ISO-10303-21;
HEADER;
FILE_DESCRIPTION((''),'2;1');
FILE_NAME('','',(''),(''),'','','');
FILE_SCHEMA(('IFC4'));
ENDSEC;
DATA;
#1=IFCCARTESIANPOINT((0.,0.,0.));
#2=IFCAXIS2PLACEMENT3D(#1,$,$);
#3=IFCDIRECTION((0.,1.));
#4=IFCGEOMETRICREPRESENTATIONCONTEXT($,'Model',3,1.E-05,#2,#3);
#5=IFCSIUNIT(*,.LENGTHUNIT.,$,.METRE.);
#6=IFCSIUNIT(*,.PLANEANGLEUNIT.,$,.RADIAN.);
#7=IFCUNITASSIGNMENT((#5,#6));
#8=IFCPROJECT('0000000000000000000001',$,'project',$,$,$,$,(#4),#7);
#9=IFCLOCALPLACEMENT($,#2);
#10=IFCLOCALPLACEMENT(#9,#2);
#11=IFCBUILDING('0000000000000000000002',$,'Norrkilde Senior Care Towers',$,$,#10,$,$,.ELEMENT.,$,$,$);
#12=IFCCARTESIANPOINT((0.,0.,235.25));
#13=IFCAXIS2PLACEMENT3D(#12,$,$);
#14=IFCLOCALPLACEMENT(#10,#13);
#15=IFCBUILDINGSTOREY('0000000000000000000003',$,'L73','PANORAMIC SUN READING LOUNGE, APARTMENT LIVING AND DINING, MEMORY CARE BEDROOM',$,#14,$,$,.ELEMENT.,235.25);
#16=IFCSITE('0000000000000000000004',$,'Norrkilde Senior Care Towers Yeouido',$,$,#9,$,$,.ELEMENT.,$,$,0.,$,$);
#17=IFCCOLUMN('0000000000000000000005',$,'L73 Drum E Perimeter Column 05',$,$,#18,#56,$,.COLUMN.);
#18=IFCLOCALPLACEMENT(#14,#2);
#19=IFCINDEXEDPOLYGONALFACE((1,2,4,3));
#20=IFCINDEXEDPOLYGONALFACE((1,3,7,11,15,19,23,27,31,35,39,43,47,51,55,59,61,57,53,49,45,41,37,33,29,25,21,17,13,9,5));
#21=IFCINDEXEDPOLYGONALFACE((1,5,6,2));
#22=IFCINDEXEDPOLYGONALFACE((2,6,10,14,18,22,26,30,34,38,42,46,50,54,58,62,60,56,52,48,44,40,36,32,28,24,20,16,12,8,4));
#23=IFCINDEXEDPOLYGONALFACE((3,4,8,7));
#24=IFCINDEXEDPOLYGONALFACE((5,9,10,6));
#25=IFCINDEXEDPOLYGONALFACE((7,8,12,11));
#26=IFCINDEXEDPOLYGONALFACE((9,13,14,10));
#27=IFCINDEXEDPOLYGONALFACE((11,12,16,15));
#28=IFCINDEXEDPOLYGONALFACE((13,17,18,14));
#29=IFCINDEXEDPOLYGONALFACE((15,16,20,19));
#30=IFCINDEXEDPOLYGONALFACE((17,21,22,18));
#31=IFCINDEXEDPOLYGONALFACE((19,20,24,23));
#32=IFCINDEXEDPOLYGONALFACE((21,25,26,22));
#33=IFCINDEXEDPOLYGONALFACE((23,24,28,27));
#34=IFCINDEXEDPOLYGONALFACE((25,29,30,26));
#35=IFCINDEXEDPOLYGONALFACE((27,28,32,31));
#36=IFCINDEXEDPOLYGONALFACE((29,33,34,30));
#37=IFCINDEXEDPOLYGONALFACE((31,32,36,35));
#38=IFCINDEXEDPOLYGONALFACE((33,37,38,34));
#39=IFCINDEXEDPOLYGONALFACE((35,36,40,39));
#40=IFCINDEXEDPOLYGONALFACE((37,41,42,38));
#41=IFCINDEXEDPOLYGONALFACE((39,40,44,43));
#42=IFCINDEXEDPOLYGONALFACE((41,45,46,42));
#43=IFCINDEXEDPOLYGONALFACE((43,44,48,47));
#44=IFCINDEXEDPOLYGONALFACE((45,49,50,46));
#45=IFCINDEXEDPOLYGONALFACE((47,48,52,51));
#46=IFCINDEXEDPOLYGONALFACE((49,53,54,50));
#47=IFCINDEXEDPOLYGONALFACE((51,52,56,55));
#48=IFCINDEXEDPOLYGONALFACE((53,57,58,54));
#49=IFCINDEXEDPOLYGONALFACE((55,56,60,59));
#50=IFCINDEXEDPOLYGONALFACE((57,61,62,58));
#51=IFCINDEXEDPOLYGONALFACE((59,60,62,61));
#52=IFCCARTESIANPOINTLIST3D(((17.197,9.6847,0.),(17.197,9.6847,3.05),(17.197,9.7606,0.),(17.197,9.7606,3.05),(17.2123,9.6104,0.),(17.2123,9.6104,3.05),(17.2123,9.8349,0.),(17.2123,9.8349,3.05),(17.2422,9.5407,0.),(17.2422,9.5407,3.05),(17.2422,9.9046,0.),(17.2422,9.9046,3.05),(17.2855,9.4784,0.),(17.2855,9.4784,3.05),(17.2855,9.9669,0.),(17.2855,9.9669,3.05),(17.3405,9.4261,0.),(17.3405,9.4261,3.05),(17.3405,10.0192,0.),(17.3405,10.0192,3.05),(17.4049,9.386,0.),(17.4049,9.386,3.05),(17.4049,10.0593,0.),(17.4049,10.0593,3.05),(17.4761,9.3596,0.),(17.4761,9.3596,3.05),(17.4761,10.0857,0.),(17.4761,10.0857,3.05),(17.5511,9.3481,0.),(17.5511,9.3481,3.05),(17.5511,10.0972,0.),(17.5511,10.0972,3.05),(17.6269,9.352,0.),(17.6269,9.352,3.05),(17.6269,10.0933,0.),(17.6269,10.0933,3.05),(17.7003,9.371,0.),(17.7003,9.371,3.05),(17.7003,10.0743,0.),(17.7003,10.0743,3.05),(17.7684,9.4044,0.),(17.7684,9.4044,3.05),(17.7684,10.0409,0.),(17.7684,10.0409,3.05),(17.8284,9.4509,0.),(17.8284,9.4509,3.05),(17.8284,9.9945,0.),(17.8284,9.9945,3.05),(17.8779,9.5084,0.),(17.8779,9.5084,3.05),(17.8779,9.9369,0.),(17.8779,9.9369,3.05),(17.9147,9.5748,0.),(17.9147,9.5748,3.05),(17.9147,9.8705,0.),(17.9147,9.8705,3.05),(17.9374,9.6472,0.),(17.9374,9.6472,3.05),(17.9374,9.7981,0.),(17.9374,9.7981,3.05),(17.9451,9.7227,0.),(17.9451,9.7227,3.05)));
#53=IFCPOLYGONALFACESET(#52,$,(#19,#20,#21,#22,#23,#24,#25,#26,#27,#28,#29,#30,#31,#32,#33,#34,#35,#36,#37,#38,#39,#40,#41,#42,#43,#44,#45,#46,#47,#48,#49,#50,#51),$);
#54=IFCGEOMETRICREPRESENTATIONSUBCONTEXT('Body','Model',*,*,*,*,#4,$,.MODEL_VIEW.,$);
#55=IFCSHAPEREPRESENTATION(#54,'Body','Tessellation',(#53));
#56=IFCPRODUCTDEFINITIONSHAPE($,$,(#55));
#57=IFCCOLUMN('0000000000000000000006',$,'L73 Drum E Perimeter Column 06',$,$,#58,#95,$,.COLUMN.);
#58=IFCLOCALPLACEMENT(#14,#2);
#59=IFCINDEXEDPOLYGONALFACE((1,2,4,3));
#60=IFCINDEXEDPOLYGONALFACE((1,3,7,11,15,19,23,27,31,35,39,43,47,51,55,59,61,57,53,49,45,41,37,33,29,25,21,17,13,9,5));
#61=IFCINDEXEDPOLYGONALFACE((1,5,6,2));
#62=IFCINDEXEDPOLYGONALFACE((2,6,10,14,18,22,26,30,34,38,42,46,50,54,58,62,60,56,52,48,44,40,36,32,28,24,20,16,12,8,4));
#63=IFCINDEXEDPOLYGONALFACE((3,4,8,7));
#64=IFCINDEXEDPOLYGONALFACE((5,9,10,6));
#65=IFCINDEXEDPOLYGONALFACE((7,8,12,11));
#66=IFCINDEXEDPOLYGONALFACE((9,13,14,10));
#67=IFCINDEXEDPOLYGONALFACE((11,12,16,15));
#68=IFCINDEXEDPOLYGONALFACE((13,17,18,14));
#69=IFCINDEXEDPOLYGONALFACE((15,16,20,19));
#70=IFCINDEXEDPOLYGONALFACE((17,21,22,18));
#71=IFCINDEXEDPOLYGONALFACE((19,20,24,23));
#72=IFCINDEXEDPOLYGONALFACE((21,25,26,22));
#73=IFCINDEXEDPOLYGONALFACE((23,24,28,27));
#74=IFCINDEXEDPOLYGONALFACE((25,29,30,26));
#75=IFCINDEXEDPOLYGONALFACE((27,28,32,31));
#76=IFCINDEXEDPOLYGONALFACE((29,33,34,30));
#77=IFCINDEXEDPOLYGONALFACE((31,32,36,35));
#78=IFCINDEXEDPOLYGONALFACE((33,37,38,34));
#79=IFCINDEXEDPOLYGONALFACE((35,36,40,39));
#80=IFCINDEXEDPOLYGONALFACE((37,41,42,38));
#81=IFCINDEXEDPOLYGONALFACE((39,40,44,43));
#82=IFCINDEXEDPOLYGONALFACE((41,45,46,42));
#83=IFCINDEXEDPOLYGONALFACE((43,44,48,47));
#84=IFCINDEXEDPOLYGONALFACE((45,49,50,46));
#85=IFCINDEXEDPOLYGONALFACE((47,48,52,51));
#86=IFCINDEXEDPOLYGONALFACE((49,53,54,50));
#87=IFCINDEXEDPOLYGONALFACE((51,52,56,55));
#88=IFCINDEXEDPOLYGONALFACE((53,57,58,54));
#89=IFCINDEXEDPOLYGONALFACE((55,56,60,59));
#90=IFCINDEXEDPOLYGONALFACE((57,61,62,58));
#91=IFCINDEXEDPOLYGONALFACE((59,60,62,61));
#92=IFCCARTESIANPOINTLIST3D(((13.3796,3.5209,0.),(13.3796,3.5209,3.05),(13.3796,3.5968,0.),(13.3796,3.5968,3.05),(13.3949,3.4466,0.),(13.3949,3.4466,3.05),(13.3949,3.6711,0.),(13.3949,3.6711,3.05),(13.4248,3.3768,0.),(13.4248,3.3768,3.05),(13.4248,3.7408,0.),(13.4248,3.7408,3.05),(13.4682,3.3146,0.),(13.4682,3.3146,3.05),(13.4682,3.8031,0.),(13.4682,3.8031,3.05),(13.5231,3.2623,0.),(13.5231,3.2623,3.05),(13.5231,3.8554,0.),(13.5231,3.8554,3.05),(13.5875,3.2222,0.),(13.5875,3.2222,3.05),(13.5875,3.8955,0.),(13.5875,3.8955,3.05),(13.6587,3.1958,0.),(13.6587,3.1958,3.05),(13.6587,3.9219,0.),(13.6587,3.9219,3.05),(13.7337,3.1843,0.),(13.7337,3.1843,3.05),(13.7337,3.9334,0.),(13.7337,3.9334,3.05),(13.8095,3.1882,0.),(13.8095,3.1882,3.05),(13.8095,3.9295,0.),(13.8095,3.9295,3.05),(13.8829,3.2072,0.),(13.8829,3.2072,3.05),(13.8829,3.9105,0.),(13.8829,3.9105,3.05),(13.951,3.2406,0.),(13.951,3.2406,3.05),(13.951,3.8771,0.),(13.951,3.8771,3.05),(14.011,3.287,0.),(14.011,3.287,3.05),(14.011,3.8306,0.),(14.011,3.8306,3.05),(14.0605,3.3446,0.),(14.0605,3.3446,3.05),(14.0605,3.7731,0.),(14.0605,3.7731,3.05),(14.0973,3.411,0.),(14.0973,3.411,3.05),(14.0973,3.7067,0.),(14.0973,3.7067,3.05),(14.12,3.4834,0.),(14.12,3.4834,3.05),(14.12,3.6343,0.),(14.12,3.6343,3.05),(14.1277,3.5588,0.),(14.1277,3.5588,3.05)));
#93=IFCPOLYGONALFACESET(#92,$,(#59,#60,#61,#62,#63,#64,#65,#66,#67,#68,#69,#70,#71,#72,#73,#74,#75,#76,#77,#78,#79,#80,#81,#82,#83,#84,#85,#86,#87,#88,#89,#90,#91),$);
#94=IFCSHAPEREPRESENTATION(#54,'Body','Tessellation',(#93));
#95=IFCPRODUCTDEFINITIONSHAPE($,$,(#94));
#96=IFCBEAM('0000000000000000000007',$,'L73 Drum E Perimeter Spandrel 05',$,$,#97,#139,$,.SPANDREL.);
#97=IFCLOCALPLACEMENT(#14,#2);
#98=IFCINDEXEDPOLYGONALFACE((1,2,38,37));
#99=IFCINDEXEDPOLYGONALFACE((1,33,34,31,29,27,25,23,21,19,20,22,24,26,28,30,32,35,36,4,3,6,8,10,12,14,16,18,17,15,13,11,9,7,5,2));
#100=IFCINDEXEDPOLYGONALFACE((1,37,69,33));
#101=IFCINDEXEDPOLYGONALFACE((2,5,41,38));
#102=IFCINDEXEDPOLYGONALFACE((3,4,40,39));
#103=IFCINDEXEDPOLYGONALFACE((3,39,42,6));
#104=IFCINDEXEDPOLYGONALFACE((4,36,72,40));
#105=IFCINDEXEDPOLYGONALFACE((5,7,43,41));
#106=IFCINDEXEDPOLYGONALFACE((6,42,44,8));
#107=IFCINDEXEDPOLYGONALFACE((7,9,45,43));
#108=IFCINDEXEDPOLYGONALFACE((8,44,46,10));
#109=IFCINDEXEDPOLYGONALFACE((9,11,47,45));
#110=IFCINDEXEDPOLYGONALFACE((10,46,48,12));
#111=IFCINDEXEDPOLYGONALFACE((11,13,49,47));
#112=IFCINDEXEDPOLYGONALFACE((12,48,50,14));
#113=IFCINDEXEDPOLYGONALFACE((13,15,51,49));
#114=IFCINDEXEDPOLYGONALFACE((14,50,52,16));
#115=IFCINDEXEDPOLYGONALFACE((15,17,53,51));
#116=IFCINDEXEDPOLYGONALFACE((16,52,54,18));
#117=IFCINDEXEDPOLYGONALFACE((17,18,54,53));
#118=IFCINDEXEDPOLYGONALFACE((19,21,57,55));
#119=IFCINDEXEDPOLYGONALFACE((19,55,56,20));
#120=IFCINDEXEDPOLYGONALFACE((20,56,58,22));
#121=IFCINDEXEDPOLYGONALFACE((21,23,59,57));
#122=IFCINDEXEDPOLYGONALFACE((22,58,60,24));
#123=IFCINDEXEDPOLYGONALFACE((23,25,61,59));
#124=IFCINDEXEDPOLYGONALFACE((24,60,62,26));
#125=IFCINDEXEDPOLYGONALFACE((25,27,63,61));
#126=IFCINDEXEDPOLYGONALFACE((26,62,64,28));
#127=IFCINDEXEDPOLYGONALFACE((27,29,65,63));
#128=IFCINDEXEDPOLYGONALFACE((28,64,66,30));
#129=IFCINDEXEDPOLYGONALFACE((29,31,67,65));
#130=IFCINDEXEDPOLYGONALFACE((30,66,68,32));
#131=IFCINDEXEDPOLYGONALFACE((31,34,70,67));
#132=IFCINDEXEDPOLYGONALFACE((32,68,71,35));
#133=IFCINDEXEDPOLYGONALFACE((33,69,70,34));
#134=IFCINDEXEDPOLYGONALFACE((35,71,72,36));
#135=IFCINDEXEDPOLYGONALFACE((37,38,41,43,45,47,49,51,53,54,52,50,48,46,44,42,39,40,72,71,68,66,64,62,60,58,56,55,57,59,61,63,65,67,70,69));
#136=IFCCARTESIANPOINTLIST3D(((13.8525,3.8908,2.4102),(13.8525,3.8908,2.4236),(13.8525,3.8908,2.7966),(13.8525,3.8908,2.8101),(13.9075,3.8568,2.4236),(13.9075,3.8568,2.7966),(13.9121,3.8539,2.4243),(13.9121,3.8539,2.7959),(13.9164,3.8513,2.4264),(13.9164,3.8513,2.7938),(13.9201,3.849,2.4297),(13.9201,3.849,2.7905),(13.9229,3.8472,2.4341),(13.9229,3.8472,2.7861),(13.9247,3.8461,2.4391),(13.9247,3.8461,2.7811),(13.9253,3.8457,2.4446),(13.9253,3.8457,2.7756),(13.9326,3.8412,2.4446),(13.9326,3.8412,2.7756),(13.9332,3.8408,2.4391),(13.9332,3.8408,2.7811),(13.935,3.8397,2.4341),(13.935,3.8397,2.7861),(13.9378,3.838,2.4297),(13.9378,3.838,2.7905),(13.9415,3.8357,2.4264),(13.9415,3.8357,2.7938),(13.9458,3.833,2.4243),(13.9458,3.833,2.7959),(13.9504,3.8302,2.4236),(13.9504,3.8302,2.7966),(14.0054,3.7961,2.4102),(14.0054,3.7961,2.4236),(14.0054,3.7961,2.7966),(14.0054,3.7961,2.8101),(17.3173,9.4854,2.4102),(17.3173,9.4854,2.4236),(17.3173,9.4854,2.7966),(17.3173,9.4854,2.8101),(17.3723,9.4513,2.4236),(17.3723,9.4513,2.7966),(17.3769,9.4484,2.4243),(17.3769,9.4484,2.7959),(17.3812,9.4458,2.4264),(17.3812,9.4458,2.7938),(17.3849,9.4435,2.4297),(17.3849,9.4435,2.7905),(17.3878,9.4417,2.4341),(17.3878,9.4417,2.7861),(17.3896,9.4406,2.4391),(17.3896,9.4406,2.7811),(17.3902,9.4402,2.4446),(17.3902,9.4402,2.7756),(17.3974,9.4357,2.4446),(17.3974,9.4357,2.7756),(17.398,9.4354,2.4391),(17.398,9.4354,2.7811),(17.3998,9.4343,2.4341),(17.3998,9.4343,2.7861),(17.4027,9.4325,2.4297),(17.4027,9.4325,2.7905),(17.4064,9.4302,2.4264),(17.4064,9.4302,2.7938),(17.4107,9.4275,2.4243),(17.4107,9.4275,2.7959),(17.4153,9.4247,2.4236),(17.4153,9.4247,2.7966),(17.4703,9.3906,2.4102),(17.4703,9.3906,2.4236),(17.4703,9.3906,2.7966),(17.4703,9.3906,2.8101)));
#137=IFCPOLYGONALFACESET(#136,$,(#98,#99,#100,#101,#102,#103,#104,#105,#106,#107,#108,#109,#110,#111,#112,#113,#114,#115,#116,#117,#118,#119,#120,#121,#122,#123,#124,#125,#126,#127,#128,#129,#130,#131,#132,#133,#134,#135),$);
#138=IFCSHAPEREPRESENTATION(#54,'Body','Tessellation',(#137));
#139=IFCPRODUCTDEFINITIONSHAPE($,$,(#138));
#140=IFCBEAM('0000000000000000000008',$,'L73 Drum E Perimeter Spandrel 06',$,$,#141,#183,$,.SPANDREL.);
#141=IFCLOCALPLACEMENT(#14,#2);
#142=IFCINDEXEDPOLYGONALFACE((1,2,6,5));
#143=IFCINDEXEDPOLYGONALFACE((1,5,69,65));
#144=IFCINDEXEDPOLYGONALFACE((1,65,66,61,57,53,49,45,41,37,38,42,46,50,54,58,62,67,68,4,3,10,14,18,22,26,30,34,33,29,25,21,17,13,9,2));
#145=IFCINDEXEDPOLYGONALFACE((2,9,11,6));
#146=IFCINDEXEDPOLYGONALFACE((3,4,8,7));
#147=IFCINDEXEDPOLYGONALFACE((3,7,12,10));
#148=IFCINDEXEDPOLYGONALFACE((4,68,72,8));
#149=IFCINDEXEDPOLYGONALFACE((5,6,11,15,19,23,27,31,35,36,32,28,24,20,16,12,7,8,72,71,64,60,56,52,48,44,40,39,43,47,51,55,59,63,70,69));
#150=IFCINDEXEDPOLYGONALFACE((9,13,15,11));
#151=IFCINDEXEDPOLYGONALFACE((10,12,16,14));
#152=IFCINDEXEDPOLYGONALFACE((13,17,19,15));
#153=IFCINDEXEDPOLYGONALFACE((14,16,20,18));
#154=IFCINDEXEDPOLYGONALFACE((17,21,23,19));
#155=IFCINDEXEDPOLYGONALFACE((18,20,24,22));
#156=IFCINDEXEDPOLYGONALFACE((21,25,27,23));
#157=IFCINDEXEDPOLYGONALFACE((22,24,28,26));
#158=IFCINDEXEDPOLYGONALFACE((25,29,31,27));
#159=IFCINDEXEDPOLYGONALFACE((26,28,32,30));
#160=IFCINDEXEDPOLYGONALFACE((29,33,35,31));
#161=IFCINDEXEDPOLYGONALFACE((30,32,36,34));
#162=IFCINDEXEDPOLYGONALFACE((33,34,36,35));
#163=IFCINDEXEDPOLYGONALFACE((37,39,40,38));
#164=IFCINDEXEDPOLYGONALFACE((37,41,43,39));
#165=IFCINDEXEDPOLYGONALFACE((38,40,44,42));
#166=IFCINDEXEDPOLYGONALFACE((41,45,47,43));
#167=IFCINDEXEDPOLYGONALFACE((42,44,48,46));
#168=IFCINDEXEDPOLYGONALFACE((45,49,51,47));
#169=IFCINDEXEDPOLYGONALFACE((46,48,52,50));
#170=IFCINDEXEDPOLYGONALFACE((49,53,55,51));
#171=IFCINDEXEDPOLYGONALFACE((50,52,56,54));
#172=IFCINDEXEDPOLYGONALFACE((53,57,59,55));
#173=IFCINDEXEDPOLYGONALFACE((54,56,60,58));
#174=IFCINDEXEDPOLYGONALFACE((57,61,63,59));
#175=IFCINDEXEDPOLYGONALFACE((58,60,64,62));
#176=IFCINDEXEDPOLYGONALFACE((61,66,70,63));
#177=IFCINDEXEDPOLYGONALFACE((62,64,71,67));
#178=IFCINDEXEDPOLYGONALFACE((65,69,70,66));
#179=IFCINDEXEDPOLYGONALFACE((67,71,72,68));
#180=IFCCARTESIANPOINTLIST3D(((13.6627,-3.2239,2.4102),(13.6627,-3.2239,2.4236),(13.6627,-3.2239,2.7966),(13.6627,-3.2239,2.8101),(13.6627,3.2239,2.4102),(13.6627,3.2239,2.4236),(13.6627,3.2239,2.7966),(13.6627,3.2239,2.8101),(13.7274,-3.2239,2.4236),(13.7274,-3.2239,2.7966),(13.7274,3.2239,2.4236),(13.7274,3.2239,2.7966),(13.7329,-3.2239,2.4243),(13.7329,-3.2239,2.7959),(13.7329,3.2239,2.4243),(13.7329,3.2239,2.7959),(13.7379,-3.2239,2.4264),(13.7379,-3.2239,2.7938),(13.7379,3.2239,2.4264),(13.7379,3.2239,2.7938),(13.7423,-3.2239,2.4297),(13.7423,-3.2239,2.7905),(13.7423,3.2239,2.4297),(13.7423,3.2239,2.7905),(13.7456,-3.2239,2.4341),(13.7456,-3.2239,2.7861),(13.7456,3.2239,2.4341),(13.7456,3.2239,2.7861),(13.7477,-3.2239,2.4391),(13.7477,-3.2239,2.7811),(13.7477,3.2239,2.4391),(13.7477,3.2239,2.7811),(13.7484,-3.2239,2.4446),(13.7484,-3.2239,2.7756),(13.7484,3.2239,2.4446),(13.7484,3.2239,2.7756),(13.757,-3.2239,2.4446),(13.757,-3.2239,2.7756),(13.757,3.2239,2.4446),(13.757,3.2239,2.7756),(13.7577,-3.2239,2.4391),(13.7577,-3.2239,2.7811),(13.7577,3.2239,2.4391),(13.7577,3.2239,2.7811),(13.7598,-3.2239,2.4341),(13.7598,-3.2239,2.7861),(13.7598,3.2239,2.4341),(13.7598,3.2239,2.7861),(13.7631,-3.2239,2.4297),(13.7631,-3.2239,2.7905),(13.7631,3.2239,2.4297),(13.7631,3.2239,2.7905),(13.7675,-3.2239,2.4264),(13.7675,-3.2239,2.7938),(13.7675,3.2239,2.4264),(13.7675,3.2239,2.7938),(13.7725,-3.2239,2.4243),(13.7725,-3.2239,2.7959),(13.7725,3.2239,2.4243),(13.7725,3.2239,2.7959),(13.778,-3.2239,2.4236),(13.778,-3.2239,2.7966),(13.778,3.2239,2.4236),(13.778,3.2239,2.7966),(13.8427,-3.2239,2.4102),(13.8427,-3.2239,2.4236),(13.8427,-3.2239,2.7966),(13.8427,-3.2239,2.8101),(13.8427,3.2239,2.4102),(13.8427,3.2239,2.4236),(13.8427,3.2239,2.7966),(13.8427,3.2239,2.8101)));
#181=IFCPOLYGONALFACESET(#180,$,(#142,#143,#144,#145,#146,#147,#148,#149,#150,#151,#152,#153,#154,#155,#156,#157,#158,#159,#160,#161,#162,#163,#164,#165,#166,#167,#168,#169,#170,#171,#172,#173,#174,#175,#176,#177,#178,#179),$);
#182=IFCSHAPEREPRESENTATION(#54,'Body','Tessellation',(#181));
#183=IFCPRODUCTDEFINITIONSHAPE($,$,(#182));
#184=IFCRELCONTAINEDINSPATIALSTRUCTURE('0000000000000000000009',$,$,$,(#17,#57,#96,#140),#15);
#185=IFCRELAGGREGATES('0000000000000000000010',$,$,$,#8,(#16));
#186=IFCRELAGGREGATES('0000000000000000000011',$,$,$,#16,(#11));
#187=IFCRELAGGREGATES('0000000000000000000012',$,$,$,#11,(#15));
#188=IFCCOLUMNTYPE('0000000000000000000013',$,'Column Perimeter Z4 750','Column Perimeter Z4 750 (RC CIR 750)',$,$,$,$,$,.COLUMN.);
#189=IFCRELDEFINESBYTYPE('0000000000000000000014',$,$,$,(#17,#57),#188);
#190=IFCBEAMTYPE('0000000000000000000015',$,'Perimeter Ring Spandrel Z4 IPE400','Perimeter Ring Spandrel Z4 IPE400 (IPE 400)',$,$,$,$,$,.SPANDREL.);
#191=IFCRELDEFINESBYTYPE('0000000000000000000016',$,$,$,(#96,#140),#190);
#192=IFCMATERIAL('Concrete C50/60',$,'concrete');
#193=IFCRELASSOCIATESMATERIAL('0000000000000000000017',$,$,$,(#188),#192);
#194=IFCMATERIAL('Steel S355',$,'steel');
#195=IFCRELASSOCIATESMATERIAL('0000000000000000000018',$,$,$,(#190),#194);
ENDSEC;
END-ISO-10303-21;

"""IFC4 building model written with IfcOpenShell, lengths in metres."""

from ifc_helpers import new_model, si_unit, direction, frame, origin, origin_2d, place, context, subcontext, project, spatial, circle, i_section, extrude, source, transform, mapped, material, material_profile, profile_set, type_object, type_shapes, element, save


model = new_model("IFC4")

# Units and contexts
model_context = context("Model", 3, precision=1e-05, world=origin(), true_north=direction((0.0, 1.0)))
body_context = subcontext(model_context, "Body", "Model", "MODEL_VIEW")
ifc_project = project(units=[si_unit("LENGTHUNIT", "METRE"), si_unit("PLANEANGLEUNIT", "RADIAN")], contexts=[model_context])

# Site, building, storey
site_placement = place(None, origin())
site = spatial("IfcSite", under=ifc_project, at=site_placement, Name="Norrkilde Senior Care Towers Yeouido", CompositionType="ELEMENT", RefElevation=0.0)
building_placement = place(site_placement, origin())
building = spatial("IfcBuilding", under=site, at=building_placement, Name="Norrkilde Senior Care Towers", CompositionType="ELEMENT")
storey_placement = place(building_placement, frame((0.0, 0.0, 235.25)))
storey = spatial("IfcBuildingStorey", under=building, at=storey_placement, Name="L73", Description="PANORAMIC SUN READING LOUNGE, APARTMENT LIVING AND DINING, MEMORY CARE BEDROOM", CompositionType="ELEMENT", Elevation=235.25)

# Columns
ifc_material_1 = material(Name="Concrete C50/60", Category="concrete")
ifc_material_profile_1 = material_profile(ifc_material_1, circle(Radius=0.375, at=origin_2d()), Name="RC CIR 750")
ifc_profile_set_1 = profile_set([ifc_material_profile_1], Name="Concrete C50/60")
column_type = type_object("IfcColumnType", Name="Column Perimeter Z4 750", Description="Column Perimeter Z4 750 (RC CIR 750)", PredefinedType="COLUMN", material=ifc_profile_set_1)
shared_shape_1 = source(origin(), body_context, "Body", "SweptSolid", [
    extrude(circle(Radius=0.375, at=origin_2d()), origin(), (0.0, 0.0, 1.0), 3.05),
])
type_shapes(column_type, [shared_shape_1])
for number, where, z_axis, x_axis, name in (
    (1, (17.5701, 9.7227, 0.0), (0.0, 0.0, 1.0), (1.0, 0.0, 0.0), "L73 Drum E Perimeter Column 05"),
    (2, (13.7527, 3.5588, 0.0), (0.0, 0.0, 1.0), (1.0, 0.0, 0.0), "L73 Drum E Perimeter Column 06"),
):
    element("IfcColumn", number, at=place(storey_placement, frame(where, z_axis=z_axis, x_axis=x_axis)), inside=storey, type_object=column_type, Name=name, PredefinedType="COLUMN", context=body_context, shape_type="MappedRepresentation", body=[
        mapped(shared_shape_1, transform((0.0, 0.0, 0.0), x_axis=(1.0, 0.0, 0.0), y_axis=(0.0, 1.0, 0.0), z_axis=(0.0, 0.0, 1.0), scale=1.0)),
    ])

# Beams
ifc_material_2 = material(Name="Steel S355", Category="steel")
ifc_material_profile_2 = material_profile(ifc_material_2, i_section(OverallWidth=0.1799, OverallDepth=0.3999, WebThickness=0.0085, FlangeThickness=0.0134, FilletRadius=0.021, at=origin_2d()), Name="IPE 400")
ifc_profile_set_2 = profile_set([ifc_material_profile_2], Name="Steel S355")
beam_type = type_object("IfcBeamType", Name="Perimeter Ring Spandrel Z4 IPE400", Description="Perimeter Ring Spandrel Z4 IPE400 (IPE 400)", PredefinedType="SPANDREL", material=ifc_profile_set_2)
shared_shape_2 = source(origin(), body_context, "Body", "SweptSolid", [
    extrude(i_section(OverallWidth=0.1799, OverallDepth=0.3999, WebThickness=0.0085, FlangeThickness=0.0134, FilletRadius=0.021, at=origin_2d()), origin(), (0.0, 0.0, 1.0), 6.5806),
])
beam_1_placement = place(storey_placement, frame((17.3938, 9.438, 2.6101), z_axis=(-0.52653, -0.850157, 0.0), x_axis=(0.850157, -0.52653, 0.0)))
element("IfcBeam", 3, at=beam_1_placement, inside=storey, type_object=beam_type, Name="L73 Drum E Perimeter Spandrel 05", PredefinedType="SPANDREL", context=body_context, shape_type="MappedRepresentation", body=[
    mapped(shared_shape_2, transform((0.0, 0.0, 0.0), x_axis=(1.0, 0.0, 0.0), y_axis=(0.0, 1.0, 0.0), z_axis=(0.0, 0.0, 1.0), scale=1.0)),
])
shared_shape_3 = source(origin(), body_context, "Body", "SweptSolid", [
    extrude(i_section(OverallWidth=0.1799, OverallDepth=0.3999, WebThickness=0.0085, FlangeThickness=0.0134, FilletRadius=0.021, at=origin_2d()), origin(), (0.0, 0.0, 1.0), 6.4478),
])
type_shapes(beam_type, [shared_shape_2, shared_shape_3])
beam_2_placement = place(storey_placement, frame((13.7527, 3.2239, 2.6101), z_axis=(0.0, -1.0, 0.0), x_axis=(1.0, 0.0, 0.0)))
element("IfcBeam", 4, at=beam_2_placement, inside=storey, type_object=beam_type, Name="L73 Drum E Perimeter Spandrel 06", PredefinedType="SPANDREL", context=body_context, shape_type="MappedRepresentation", body=[
    mapped(shared_shape_3, transform((0.0, 0.0, 0.0), x_axis=(1.0, 0.0, 0.0), y_axis=(0.0, 1.0, 0.0), z_axis=(0.0, 0.0, 1.0), scale=1.0)),
])

save(model, "model.ifc")
